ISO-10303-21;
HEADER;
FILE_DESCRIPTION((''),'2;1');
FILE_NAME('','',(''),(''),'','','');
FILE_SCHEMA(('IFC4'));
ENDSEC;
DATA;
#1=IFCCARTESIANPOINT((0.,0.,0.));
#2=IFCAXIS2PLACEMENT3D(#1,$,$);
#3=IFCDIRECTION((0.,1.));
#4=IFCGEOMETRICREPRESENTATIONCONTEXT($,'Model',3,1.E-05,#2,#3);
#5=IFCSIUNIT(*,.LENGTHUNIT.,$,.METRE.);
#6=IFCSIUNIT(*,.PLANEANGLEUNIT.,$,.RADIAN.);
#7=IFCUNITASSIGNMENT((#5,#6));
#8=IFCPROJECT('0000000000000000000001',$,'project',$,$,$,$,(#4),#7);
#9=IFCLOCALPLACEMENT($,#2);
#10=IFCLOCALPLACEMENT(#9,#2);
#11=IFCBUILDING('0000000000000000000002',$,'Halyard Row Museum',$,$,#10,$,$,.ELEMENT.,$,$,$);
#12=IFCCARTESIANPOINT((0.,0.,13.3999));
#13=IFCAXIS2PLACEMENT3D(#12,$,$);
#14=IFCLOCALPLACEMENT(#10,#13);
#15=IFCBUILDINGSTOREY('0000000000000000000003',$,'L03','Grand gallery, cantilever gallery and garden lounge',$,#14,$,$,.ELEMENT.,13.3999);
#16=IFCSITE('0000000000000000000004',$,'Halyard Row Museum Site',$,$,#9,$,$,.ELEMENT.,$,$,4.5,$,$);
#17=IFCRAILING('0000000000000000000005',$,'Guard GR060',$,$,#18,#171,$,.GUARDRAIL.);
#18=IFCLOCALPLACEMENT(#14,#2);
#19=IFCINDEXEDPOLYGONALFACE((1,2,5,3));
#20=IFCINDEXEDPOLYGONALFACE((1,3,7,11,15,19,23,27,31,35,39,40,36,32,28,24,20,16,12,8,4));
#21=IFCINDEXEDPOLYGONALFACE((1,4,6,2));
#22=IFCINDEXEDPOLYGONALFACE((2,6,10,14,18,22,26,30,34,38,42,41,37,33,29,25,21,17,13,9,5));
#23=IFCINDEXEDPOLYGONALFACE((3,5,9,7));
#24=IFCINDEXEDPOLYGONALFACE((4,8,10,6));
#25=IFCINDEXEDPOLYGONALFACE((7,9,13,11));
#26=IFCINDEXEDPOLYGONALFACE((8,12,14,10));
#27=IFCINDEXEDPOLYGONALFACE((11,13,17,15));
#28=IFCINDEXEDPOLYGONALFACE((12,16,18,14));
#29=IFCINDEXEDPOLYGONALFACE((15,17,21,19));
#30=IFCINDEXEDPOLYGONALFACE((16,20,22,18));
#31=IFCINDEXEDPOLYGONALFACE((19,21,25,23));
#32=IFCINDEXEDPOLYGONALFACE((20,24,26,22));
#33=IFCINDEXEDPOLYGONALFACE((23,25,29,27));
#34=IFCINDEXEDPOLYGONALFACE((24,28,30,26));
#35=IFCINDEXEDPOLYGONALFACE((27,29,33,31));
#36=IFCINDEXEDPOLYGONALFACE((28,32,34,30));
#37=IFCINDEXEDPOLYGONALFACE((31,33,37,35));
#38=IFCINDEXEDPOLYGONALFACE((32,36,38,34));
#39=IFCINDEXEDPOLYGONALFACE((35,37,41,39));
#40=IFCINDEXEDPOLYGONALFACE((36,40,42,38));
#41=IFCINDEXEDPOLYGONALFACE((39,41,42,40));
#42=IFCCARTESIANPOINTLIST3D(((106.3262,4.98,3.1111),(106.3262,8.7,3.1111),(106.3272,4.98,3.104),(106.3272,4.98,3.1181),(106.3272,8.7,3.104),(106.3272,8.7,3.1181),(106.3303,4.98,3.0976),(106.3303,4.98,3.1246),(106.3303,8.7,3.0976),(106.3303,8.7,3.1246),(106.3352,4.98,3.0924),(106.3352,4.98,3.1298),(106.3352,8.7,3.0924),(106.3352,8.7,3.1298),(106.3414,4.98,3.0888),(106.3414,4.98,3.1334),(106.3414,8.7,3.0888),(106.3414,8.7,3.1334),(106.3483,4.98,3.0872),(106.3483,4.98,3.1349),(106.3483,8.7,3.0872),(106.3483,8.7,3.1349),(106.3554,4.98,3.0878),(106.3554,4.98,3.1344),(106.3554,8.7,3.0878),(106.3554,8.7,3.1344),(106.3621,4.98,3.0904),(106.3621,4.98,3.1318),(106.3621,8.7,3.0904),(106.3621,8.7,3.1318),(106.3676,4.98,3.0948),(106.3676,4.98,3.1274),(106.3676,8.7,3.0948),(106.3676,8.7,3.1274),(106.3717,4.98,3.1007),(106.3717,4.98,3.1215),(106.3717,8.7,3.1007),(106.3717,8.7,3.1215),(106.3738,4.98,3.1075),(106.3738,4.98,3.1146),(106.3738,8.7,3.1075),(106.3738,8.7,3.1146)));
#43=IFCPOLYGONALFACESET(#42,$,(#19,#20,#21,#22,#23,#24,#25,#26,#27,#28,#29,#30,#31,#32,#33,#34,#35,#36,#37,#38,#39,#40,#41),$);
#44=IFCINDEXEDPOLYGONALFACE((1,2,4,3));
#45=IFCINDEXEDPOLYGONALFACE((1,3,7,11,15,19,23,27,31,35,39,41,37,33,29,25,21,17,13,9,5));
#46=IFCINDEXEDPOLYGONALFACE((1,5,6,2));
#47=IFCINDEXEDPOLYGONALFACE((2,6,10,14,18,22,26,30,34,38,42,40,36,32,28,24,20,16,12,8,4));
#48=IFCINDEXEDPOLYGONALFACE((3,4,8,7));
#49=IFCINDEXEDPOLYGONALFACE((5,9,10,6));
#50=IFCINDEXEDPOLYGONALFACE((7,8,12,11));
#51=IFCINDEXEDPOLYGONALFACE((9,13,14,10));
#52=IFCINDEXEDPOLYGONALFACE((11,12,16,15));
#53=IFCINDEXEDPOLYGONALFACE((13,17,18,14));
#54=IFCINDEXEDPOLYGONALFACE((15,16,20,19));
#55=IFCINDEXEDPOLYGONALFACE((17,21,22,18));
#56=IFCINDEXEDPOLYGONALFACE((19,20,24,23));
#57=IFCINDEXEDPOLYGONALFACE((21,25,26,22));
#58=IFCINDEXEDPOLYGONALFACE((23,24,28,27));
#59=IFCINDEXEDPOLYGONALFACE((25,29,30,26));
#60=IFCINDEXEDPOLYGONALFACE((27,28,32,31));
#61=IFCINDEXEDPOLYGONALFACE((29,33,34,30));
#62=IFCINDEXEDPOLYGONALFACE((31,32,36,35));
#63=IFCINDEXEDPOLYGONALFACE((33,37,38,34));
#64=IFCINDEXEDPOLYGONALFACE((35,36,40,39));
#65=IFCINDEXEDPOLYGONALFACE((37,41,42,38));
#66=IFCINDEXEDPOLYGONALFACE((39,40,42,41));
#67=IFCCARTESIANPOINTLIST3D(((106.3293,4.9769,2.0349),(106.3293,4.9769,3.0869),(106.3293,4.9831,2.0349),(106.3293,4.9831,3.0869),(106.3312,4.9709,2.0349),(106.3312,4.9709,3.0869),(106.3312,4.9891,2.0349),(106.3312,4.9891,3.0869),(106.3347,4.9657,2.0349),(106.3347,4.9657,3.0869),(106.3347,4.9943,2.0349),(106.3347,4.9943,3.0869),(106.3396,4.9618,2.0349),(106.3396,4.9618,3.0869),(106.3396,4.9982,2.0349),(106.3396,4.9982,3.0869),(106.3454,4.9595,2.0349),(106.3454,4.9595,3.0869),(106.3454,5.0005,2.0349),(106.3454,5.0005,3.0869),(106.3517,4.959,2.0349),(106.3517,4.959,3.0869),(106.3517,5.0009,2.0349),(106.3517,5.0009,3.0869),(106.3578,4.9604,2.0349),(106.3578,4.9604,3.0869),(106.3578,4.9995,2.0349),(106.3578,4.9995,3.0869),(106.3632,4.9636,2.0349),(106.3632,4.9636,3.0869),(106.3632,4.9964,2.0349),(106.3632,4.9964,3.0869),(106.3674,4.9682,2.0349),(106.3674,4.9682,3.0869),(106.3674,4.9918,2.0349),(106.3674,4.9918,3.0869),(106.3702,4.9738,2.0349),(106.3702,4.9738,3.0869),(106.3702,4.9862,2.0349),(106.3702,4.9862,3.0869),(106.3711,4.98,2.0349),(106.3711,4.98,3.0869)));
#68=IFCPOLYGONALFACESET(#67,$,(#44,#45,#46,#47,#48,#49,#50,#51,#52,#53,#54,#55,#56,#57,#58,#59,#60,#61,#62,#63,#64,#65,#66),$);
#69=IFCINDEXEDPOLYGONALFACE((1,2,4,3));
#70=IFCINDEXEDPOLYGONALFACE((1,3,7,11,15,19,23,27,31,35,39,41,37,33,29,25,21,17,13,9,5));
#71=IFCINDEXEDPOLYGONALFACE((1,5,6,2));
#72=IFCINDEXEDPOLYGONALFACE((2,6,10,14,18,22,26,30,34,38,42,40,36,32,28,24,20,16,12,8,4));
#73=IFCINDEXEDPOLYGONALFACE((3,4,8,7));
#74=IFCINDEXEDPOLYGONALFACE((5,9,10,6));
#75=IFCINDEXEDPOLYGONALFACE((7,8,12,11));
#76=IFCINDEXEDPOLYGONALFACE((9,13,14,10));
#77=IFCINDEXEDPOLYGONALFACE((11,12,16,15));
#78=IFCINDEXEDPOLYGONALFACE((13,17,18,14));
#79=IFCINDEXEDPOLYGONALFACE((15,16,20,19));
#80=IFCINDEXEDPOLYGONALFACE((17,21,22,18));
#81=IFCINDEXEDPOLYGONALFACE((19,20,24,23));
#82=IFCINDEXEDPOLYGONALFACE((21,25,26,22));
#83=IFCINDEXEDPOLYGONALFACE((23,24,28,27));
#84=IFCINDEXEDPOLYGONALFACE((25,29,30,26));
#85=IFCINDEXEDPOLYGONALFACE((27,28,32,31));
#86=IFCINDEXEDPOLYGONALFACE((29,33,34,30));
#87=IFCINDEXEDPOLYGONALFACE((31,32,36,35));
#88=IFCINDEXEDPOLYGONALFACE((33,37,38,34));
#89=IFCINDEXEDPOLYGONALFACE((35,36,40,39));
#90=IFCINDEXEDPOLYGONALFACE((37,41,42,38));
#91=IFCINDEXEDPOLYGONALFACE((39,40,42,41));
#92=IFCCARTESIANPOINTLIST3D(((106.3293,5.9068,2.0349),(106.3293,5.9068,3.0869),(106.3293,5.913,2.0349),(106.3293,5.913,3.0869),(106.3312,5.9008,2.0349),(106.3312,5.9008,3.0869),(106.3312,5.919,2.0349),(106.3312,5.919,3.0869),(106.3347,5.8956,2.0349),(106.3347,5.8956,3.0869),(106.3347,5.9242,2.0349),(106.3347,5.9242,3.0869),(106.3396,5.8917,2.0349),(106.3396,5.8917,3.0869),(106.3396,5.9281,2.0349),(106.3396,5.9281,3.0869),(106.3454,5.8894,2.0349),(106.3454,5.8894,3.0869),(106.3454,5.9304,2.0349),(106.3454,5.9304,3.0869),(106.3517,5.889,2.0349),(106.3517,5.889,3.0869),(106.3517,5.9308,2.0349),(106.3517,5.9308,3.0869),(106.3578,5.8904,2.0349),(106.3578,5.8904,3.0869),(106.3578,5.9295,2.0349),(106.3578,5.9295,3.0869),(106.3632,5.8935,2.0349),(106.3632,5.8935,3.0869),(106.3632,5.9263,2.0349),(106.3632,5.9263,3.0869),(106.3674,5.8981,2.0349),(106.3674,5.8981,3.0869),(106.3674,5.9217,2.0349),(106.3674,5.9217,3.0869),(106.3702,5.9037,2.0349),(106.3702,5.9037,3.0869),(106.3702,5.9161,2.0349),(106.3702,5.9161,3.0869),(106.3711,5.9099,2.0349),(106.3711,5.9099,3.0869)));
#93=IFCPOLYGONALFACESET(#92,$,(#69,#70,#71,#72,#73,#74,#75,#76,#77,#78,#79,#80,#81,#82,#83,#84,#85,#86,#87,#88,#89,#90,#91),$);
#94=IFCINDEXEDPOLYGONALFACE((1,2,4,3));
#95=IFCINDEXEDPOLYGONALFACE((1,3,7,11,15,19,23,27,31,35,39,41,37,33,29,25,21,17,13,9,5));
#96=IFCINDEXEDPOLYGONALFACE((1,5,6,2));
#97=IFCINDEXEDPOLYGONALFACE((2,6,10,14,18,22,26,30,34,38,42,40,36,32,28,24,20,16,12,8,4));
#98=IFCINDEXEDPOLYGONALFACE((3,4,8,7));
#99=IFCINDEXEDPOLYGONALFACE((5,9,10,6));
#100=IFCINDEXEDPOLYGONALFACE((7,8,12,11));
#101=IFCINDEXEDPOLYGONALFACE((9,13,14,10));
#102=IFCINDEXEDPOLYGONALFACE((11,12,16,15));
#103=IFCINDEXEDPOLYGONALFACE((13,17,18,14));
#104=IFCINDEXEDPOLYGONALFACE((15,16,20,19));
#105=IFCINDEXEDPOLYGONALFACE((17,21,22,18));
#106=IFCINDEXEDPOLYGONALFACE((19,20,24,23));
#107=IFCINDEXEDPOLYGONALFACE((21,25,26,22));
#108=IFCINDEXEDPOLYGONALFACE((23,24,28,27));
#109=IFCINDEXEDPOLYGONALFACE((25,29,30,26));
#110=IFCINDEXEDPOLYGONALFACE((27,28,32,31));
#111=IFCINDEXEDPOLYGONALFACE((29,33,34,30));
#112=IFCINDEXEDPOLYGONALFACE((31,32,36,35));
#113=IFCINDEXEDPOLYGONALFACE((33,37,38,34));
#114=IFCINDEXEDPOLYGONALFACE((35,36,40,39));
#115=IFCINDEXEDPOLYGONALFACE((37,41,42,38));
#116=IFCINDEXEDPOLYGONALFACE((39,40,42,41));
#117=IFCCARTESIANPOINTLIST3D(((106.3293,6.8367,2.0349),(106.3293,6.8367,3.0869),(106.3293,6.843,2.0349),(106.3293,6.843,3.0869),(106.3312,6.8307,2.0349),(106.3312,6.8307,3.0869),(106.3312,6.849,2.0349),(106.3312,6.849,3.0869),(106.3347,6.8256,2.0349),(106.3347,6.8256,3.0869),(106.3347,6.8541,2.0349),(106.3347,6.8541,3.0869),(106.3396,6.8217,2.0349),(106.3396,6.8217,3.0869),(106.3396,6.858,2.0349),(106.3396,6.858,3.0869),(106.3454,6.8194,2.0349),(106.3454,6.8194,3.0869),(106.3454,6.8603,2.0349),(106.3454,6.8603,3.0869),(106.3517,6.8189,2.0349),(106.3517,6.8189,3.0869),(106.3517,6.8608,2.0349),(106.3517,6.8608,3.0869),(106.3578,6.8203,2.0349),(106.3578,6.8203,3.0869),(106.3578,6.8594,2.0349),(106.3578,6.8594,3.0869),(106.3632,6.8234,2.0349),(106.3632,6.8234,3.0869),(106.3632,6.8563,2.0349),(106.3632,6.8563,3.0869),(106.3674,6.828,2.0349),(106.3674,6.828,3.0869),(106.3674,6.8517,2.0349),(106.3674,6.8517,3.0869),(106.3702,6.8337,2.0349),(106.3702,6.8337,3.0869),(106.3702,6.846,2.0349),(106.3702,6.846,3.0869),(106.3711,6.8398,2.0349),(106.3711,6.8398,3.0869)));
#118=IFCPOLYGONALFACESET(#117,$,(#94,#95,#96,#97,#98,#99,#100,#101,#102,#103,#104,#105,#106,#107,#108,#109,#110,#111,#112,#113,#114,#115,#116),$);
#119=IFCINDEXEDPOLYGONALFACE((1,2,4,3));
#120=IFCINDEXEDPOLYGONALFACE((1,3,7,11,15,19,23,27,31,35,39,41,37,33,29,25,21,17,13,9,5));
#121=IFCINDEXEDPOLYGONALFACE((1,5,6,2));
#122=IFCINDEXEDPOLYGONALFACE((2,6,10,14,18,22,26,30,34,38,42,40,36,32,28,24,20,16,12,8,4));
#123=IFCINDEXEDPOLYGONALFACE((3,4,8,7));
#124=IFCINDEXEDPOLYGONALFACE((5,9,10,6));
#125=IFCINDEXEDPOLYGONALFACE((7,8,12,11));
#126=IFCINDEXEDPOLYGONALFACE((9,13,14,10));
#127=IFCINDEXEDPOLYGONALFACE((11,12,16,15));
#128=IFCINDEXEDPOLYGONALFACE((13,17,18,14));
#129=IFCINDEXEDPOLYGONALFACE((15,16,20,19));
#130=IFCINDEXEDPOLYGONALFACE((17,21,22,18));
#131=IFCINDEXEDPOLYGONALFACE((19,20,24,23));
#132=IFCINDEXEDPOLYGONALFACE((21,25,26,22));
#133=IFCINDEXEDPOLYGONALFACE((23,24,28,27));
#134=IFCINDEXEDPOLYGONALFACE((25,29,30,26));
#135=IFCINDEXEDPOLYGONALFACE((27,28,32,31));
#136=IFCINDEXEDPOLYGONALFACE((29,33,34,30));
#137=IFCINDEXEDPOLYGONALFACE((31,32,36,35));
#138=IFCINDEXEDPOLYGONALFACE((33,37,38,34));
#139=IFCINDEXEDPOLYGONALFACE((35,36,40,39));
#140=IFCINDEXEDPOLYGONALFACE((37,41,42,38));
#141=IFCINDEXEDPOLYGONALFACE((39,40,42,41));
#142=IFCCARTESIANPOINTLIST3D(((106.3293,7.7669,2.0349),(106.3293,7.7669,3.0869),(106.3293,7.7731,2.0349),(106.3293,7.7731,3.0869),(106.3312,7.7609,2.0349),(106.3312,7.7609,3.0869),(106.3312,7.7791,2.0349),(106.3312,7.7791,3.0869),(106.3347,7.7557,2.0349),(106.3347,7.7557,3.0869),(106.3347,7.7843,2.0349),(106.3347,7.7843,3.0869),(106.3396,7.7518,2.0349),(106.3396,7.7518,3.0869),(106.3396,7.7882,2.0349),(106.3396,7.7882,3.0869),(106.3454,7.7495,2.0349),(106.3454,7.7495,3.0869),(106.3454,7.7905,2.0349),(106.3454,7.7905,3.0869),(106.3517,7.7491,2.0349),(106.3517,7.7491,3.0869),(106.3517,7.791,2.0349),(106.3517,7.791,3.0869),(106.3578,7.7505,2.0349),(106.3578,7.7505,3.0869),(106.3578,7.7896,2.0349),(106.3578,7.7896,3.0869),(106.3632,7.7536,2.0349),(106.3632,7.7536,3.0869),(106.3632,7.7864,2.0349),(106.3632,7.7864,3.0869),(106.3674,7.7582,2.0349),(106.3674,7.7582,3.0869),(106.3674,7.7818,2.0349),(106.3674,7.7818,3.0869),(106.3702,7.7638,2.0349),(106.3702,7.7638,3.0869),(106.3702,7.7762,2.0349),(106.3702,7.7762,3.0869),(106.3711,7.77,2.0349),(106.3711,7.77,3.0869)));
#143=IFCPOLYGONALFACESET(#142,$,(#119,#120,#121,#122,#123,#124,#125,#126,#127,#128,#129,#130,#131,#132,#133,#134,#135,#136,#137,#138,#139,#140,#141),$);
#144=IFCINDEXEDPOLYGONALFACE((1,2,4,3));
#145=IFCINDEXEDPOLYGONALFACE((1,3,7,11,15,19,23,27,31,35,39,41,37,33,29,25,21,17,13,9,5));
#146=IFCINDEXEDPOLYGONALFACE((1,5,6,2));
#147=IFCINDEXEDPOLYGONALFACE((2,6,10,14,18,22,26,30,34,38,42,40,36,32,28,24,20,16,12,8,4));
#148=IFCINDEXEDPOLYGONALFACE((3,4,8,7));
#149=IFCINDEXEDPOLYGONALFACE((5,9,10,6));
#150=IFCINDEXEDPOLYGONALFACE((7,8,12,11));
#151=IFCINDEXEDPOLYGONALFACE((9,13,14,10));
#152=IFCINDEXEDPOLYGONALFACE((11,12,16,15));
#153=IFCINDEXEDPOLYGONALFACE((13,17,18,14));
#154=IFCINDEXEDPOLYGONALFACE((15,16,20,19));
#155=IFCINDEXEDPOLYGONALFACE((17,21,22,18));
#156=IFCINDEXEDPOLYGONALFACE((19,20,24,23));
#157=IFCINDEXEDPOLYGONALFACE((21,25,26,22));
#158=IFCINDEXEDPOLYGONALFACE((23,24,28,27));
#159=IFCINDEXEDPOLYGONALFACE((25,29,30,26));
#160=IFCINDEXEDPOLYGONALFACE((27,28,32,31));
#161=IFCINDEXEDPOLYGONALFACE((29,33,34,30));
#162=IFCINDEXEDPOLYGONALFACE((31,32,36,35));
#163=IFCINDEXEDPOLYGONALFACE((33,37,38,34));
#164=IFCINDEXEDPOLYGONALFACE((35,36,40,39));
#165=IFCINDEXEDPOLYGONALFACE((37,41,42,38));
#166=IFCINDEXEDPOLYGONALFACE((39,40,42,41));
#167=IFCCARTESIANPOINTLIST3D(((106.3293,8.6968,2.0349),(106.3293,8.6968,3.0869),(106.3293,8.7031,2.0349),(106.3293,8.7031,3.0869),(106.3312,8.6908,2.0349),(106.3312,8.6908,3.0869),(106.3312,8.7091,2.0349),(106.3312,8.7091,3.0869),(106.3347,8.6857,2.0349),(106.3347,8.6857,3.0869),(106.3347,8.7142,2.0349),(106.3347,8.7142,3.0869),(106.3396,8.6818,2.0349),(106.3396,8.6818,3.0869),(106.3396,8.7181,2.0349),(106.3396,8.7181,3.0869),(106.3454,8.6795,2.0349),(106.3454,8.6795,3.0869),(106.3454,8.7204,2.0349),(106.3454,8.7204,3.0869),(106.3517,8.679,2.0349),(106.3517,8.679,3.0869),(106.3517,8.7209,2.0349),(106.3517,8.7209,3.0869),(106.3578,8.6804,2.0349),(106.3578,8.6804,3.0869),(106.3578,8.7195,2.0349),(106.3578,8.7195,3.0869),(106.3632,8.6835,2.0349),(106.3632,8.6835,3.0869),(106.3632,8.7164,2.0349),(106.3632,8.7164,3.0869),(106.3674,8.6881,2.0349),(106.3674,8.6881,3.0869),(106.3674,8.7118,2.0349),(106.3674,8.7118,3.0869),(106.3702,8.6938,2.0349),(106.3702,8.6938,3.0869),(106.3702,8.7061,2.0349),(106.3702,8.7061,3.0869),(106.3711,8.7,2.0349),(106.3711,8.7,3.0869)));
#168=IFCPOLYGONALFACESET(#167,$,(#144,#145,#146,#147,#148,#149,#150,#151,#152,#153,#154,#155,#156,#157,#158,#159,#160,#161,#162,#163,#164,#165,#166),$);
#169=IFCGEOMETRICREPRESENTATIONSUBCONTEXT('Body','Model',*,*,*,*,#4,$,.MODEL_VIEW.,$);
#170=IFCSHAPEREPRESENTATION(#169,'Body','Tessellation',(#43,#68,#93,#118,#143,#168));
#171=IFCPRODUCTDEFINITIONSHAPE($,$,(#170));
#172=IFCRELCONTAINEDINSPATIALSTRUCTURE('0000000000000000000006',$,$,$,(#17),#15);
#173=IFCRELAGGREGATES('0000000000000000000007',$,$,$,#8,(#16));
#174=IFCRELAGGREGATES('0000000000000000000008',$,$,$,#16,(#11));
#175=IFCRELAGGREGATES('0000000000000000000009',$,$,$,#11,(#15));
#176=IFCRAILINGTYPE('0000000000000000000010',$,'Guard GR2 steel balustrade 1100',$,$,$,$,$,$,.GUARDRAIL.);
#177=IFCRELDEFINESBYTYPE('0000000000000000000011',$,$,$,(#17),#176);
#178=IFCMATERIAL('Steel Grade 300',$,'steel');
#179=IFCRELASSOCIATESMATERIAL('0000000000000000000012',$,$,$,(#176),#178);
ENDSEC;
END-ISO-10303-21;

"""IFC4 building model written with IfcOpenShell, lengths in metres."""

from ifc_helpers import new_model, si_unit, direction, frame, origin, origin_2d, place, context, subcontext, project, spatial, circle, extrude, material, type_object, element, save


model = new_model("IFC4")

# Units and contexts
model_context = context("Model", 3, precision=1e-05, world=origin(), true_north=direction((0.0, 1.0)))
body_context = subcontext(model_context, "Body", "Model", "MODEL_VIEW")
ifc_project = project(units=[si_unit("LENGTHUNIT", "METRE"), si_unit("PLANEANGLEUNIT", "RADIAN")], contexts=[model_context])

# Site, building, storey
site_placement = place(None, origin())
site = spatial("IfcSite", under=ifc_project, at=site_placement, Name="Halyard Row Museum Site", CompositionType="ELEMENT", RefElevation=4.5)
building_placement = place(site_placement, origin())
building = spatial("IfcBuilding", under=site, at=building_placement, Name="Halyard Row Museum", CompositionType="ELEMENT")
storey_placement = place(building_placement, frame((0.0, 0.0, 13.3999)))
storey = spatial("IfcBuildingStorey", under=building, at=storey_placement, Name="L03", Description="Grand gallery, cantilever gallery and garden lounge", CompositionType="ELEMENT", Elevation=13.3999)

# Railing
ifc_material_1 = material(Name="Steel Grade 300", Category="steel")
railing_type_1 = type_object("IfcRailingType", Name="Guard GR2 steel balustrade 1100", PredefinedType="GUARDRAIL", material=ifc_material_1)
railing_1_placement = place(storey_placement, frame((106.3501, 4.98, 2.0349)))
element("IfcRailing", 1, at=railing_1_placement, inside=storey, type_object=railing_type_1, Name="Guard GR060", PredefinedType="GUARDRAIL", context=body_context, shape_type="SweptSolid", body=[
    extrude(circle(Radius=0.0239, at=origin_2d()), frame((0.0, 0.0, 1.0762), z_axis=(0.0, 1.0, 0.0), x_axis=(-1.0, 0.0, 0.0)), (0.0, 0.0, 1.0), 3.72),
    extrude(circle(Radius=0.021, at=origin_2d()), origin(), (0.0, 0.0, 1.0), 1.052),
    extrude(circle(Radius=0.021, at=origin_2d()), frame((0.0, 0.9299, 0.0)), (0.0, 0.0, 1.0), 1.052),
    extrude(circle(Radius=0.021, at=origin_2d()), frame((0.0, 1.8599, 0.0)), (0.0, 0.0, 1.0), 1.052),
    extrude(circle(Radius=0.021, at=origin_2d()), frame((0.0, 2.79, 0.0)), (0.0, 0.0, 1.0), 1.052),
    extrude(circle(Radius=0.021, at=origin_2d()), frame((0.0, 3.72, 0.0)), (0.0, 0.0, 1.0), 1.052),
])

save(model, "model.ifc")
